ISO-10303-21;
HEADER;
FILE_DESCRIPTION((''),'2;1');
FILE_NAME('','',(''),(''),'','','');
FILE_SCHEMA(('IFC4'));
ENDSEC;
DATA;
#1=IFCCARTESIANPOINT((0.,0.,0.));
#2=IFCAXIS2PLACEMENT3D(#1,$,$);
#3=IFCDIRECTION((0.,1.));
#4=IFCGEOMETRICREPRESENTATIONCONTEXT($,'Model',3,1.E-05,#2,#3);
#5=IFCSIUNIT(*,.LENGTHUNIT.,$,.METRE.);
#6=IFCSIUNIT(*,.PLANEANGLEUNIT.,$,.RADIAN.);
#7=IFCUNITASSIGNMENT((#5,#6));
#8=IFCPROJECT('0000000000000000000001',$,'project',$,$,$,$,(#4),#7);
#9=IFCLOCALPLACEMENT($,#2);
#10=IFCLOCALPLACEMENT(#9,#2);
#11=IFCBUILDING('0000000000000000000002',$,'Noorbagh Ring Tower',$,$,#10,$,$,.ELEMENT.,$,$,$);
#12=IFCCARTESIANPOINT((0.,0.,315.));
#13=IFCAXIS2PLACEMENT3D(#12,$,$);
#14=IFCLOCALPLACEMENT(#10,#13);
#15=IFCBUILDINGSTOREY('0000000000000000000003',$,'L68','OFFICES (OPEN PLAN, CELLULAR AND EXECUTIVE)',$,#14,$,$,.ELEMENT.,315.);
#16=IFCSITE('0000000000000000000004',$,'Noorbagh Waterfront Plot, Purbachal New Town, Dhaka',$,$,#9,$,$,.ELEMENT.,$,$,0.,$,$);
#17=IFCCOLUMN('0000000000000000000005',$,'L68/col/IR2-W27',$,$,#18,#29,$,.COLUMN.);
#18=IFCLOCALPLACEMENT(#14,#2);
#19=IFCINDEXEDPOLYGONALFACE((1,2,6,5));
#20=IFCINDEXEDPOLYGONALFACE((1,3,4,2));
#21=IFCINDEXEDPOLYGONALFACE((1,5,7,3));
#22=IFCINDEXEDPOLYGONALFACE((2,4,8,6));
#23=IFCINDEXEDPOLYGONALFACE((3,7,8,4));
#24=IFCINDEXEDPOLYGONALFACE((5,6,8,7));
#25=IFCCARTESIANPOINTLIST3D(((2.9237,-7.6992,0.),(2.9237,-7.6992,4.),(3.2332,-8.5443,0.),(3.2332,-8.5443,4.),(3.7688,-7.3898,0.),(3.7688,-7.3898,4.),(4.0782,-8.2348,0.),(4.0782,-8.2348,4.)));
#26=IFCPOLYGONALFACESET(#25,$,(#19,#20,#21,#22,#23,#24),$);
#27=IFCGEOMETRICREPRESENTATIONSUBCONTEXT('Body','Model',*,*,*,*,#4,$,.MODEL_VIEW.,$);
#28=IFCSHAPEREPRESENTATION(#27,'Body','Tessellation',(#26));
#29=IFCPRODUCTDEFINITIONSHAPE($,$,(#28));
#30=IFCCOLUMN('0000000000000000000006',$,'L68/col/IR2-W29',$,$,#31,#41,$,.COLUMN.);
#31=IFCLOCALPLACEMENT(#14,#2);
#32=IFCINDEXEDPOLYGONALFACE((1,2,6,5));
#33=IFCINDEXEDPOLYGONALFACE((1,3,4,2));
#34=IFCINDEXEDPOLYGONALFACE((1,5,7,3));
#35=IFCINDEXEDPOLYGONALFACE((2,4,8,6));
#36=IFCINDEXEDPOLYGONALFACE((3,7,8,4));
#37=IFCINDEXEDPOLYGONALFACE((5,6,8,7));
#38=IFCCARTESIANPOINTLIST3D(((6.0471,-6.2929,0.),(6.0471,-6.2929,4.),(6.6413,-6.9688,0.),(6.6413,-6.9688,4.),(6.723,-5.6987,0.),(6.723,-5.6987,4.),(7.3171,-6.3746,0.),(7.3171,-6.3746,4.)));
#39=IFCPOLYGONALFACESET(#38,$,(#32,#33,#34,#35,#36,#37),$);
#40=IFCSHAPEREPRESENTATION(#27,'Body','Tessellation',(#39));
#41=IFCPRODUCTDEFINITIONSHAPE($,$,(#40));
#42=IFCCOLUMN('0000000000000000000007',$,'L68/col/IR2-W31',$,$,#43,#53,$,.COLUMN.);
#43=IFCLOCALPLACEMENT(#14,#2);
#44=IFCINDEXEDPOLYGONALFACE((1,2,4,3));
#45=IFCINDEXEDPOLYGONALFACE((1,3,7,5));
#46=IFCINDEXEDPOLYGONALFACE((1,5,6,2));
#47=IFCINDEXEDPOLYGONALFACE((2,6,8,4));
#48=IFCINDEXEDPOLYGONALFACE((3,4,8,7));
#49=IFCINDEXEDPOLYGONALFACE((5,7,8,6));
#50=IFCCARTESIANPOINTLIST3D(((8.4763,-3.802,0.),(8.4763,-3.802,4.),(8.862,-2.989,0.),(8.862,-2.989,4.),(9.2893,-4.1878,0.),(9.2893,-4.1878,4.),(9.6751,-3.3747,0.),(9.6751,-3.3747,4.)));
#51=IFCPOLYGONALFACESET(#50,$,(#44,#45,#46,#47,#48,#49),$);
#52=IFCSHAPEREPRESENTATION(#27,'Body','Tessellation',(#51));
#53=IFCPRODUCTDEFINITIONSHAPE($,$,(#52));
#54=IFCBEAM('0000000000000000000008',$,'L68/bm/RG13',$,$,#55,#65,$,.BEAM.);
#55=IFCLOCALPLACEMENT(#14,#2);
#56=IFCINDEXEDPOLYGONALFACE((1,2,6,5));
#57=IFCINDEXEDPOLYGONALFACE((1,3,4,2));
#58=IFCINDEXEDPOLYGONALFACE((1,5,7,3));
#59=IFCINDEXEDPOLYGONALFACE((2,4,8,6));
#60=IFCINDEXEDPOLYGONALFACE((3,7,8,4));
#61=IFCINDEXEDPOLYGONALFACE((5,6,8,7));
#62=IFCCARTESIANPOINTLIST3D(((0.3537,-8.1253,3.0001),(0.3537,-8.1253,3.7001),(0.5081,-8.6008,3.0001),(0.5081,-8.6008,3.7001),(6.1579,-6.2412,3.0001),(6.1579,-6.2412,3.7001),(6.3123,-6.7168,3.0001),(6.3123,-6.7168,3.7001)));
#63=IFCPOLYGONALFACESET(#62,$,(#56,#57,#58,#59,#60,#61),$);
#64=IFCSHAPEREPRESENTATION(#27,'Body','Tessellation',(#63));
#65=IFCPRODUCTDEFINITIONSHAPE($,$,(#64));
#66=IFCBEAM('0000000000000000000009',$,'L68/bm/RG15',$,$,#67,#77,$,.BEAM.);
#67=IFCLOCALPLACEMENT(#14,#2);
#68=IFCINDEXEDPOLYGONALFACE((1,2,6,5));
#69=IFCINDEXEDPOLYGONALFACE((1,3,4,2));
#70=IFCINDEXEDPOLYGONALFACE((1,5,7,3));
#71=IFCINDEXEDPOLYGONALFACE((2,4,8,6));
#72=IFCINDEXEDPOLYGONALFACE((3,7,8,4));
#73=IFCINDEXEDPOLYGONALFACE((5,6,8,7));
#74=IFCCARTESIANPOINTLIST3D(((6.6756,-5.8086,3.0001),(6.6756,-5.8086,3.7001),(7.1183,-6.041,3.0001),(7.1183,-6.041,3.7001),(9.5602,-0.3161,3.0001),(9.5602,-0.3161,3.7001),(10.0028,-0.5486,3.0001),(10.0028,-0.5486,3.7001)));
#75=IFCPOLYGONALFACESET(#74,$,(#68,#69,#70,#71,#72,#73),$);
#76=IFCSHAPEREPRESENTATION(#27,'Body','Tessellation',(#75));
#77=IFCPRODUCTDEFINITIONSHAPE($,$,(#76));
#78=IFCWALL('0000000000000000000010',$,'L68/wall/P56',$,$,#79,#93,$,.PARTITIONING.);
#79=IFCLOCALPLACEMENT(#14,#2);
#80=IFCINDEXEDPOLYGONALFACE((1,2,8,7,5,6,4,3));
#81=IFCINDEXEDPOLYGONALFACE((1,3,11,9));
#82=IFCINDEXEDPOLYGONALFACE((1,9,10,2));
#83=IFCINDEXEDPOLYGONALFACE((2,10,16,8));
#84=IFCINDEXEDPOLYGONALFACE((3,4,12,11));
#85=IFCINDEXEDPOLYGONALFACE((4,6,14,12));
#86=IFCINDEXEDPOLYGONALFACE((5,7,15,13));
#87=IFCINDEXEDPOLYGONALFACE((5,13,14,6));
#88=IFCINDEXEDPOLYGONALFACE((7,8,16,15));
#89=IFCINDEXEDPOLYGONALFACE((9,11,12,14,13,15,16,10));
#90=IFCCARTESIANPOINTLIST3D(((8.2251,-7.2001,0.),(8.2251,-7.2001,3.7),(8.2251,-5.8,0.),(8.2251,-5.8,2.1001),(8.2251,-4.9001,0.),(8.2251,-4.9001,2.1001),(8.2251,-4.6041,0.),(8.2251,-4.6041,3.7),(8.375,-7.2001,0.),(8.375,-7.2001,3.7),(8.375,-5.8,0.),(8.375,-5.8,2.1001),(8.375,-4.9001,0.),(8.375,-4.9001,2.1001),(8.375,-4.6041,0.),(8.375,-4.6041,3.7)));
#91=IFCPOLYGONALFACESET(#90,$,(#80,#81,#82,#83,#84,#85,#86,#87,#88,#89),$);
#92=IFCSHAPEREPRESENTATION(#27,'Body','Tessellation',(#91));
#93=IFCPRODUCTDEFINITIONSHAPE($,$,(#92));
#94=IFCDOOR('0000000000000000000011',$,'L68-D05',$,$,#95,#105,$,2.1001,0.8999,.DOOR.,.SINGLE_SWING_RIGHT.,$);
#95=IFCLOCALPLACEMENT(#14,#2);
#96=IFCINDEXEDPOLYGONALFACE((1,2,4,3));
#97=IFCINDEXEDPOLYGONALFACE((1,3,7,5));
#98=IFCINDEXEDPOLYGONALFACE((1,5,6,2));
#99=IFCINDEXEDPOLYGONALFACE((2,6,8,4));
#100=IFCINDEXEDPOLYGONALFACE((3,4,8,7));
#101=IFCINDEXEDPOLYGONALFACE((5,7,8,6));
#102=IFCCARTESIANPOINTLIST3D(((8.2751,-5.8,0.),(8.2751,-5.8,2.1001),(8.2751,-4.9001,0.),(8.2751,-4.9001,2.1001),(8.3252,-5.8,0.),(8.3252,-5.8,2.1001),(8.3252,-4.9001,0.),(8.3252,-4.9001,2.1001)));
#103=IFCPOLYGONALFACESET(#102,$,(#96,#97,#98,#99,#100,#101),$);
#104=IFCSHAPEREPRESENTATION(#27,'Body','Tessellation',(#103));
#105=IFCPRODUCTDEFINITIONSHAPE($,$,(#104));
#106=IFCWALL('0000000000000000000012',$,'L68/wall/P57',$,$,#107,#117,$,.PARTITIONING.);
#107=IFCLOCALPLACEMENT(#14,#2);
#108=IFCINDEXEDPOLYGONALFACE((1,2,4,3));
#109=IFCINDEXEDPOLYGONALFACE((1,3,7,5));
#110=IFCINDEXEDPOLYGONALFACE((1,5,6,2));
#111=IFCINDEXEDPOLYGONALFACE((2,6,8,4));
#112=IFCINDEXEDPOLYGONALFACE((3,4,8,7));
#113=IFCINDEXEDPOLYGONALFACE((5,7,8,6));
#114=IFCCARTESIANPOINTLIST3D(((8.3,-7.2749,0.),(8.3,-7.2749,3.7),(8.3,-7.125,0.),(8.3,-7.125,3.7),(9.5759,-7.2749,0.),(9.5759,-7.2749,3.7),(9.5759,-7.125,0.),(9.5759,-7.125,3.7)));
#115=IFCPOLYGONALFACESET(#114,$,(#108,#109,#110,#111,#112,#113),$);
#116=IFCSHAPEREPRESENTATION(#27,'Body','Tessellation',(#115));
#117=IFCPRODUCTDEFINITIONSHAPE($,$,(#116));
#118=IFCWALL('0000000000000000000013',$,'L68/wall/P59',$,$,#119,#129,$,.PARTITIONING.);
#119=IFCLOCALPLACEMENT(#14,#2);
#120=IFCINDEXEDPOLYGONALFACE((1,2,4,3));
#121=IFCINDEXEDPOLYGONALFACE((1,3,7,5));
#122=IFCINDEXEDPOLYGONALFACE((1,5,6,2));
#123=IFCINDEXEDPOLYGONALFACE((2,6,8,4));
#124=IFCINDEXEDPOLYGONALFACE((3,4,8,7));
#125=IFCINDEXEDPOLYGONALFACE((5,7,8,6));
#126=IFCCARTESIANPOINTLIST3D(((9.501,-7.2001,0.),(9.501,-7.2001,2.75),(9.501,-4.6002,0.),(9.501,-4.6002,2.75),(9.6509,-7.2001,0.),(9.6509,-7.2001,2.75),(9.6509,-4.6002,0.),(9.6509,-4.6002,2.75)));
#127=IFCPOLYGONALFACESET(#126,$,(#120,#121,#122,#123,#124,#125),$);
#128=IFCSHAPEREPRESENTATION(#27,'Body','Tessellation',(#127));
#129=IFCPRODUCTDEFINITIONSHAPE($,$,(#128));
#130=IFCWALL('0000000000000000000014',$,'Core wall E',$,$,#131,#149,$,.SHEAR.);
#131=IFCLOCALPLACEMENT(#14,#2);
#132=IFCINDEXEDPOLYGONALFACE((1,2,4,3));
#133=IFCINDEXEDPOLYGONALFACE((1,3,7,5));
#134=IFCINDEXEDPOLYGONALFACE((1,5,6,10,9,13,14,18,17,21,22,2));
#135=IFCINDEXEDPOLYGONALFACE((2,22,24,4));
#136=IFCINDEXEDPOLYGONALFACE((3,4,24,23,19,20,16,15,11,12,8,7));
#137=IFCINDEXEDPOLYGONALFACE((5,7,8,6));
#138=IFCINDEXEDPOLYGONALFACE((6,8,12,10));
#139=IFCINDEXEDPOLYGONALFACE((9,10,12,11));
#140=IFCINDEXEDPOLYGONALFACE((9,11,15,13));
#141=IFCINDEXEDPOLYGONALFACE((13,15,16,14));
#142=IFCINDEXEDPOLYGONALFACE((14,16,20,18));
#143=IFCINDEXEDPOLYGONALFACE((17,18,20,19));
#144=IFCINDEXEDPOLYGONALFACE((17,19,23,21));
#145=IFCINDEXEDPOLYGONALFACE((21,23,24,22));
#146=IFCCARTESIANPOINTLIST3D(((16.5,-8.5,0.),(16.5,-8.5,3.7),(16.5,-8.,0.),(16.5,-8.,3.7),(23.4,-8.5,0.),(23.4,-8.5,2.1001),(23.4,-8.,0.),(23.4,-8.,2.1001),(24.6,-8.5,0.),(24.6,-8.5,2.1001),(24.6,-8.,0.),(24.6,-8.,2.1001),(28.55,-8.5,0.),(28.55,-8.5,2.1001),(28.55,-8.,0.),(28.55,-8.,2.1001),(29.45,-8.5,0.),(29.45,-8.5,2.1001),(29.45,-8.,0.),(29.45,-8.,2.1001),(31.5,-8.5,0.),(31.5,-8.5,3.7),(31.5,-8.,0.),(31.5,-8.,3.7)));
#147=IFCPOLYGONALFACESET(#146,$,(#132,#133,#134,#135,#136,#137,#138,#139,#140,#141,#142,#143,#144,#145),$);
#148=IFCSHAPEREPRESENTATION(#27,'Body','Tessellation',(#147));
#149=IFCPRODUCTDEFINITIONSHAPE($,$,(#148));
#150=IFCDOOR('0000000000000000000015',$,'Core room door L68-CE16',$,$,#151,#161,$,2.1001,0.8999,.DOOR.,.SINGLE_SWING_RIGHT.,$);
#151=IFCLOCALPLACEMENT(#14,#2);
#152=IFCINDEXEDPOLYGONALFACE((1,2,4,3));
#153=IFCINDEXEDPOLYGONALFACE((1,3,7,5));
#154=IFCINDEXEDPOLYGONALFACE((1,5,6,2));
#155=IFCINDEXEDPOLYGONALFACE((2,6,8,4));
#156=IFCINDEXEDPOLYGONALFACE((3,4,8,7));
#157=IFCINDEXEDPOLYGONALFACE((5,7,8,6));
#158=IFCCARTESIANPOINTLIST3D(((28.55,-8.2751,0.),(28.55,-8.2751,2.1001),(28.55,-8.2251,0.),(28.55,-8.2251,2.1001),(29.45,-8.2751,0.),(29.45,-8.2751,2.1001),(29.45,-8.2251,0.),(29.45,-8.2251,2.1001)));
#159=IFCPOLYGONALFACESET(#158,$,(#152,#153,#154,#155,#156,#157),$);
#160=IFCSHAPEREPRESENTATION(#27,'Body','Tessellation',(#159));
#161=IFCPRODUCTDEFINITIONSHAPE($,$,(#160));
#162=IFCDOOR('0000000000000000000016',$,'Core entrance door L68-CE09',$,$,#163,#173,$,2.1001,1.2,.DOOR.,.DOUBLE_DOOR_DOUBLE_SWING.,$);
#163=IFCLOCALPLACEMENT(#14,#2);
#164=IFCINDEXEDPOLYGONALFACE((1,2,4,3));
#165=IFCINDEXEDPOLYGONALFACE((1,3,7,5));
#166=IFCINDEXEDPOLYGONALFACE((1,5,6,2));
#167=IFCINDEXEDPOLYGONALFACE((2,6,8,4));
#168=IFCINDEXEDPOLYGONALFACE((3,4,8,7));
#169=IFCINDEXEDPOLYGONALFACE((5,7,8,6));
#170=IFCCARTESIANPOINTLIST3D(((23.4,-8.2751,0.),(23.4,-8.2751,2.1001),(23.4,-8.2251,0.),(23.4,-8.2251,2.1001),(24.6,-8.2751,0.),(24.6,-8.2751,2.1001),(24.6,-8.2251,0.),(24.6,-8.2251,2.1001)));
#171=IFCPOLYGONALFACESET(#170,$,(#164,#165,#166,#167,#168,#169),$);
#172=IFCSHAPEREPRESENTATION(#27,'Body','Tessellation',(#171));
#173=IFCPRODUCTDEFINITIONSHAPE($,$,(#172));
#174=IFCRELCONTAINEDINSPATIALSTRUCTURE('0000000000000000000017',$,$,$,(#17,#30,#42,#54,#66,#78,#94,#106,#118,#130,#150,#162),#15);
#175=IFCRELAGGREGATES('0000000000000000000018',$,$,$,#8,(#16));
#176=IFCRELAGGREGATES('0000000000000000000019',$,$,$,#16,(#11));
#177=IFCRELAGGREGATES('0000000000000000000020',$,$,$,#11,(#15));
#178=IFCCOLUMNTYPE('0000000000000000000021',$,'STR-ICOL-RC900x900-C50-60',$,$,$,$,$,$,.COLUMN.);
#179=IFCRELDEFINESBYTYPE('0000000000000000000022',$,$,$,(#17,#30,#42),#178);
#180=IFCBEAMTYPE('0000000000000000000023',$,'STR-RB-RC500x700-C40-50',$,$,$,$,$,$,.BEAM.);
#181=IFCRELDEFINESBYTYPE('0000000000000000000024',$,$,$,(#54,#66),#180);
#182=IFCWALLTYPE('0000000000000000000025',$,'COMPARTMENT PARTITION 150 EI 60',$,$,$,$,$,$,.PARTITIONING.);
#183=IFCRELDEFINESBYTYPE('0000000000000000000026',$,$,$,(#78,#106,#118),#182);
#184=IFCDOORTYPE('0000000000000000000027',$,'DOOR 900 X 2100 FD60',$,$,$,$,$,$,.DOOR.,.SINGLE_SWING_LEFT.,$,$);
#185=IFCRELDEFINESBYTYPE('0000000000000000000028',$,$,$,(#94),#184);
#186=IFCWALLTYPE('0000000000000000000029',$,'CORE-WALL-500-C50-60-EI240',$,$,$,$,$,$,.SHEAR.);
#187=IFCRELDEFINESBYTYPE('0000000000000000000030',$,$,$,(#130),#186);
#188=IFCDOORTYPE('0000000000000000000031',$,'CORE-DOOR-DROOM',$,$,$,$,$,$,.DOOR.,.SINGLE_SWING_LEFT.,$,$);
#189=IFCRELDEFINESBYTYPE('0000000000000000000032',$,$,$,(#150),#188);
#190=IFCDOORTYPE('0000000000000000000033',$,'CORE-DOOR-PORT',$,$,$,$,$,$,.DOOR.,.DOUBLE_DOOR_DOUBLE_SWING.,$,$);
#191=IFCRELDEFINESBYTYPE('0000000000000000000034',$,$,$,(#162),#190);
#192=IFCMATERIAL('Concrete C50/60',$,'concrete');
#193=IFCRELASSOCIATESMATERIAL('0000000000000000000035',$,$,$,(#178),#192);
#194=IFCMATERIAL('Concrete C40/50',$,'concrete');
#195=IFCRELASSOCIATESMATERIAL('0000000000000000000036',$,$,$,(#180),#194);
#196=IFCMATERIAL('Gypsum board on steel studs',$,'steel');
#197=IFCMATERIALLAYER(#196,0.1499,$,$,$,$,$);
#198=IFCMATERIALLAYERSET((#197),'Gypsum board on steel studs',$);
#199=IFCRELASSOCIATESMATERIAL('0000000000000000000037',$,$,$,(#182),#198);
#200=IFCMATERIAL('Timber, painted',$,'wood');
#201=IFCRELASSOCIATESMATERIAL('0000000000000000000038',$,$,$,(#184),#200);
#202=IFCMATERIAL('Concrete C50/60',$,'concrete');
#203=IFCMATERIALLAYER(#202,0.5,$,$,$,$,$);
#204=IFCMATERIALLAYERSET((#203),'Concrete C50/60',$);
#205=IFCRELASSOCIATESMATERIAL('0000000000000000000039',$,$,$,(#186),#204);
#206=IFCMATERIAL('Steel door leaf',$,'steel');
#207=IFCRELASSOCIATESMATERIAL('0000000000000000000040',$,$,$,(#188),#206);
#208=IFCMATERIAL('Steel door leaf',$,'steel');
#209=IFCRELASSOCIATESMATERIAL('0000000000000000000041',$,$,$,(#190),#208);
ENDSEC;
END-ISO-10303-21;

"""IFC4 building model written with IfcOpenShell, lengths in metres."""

from ifc_helpers import new_model, si_unit, direction, frame, frame_2d, origin, origin_2d, place, context, subcontext, project, spatial, rectangle, extrude, material, layer, layer_set, material_profile, profile_set, type_object, element, fill, save


model = new_model("IFC4")

# Units and contexts
model_context = context("Model", 3, precision=1e-05, world=origin(), true_north=direction((0.0, 1.0)))
body_context = subcontext(model_context, "Body", "Model", "MODEL_VIEW")
ifc_project = project(units=[si_unit("LENGTHUNIT", "METRE"), si_unit("PLANEANGLEUNIT", "RADIAN")], contexts=[model_context])

# Site, building, storey
site_placement = place(None, origin())
site = spatial("IfcSite", under=ifc_project, at=site_placement, Name="Noorbagh Waterfront Plot, Purbachal New Town, Dhaka", CompositionType="ELEMENT", RefElevation=0.0)
building_placement = place(site_placement, origin())
building = spatial("IfcBuilding", under=site, at=building_placement, Name="Noorbagh Ring Tower", CompositionType="ELEMENT")
storey_placement = place(building_placement, frame((0.0, 0.0, 315.0)))
storey = spatial("IfcBuildingStorey", under=building, at=storey_placement, Name="L68", Description="OFFICES (OPEN PLAN, CELLULAR AND EXECUTIVE)", CompositionType="ELEMENT", Elevation=315.0)

# Columns
ifc_material_1 = material(Name="Concrete C50/60", Category="concrete")
ifc_material_profile_1 = material_profile(ifc_material_1, rectangle(XDim=0.8999, YDim=0.8999, at=origin_2d()), Name="RC900x900")
ifc_profile_set_1 = profile_set([ifc_material_profile_1], Name="Concrete C50/60")
column_type = type_object("IfcColumnType", Name="STR-ICOL-RC900x900-C50-60", PredefinedType="COLUMN", material=ifc_profile_set_1)
for number, where, z_axis, x_axis, name in (
    (1, (3.501, -7.967, 0.0), (0.0, 0.0, 1.0), (0.93902, 0.343864, 0.0), "L68/col/IR2-W27"),
    (2, (6.6821, -6.3337, 0.0), (0.0, 0.0, 1.0), (0.751022, 0.660277, 0.0), "L68/col/IR2-W29"),
    (3, (9.0757, -3.5884, 0.0), (0.0, 0.0, 1.0), (0.428667, 0.903463, 0.0), "L68/col/IR2-W31"),
):
    element("IfcColumn", number, at=place(storey_placement, frame(where, z_axis=z_axis, x_axis=x_axis)), inside=storey, type_object=column_type, Name=name, PredefinedType="COLUMN", context=body_context, shape_type="SweptSolid", body=[
        extrude(rectangle(XDim=0.8999, YDim=0.8999, at=origin_2d()), origin(), (0.0, 0.0, 1.0), 4.0),
    ])

# Beams
ifc_material_2 = material(Name="Concrete C40/50", Category="concrete")
ifc_material_profile_2 = material_profile(ifc_material_2, rectangle(XDim=0.5, YDim=0.7, at=origin_2d()), Name="RC500x700")
ifc_profile_set_2 = profile_set([ifc_material_profile_2], Name="Concrete C40/50")
beam_type = type_object("IfcBeamType", Name="STR-RB-RC500x700-C40-50", PredefinedType="BEAM", material=ifc_profile_set_2)
beam_1_placement = place(storey_placement, frame((0.4309, -8.363, 3.3501), z_axis=(0.951146, 0.30874, 0.0), x_axis=(-0.30874, 0.951146, 0.0)))
element("IfcBeam", 4, at=beam_1_placement, inside=storey, type_object=beam_type, Name="L68/bm/RG13", PredefinedType="BEAM", context=body_context, shape_type="SweptSolid", body=[
    extrude(rectangle(XDim=0.5, YDim=0.7, at=origin_2d()), origin(), (0.0, 0.0, 1.0), 6.1023),
])
beam_2_placement = place(storey_placement, frame((6.897, -5.9248, 3.3501), z_axis=(0.46496, 0.885332, 0.0), x_axis=(-0.885332, 0.46496, 0.0)))
element("IfcBeam", 5, at=beam_2_placement, inside=storey, type_object=beam_type, Name="L68/bm/RG15", PredefinedType="BEAM", context=body_context, shape_type="SweptSolid", body=[
    extrude(rectangle(XDim=0.5, YDim=0.7, at=origin_2d()), origin(), (0.0, 0.0, 1.0), 6.2039),
])

# Wall, opening, door
ifc_material_3 = material(Name="Gypsum board on steel studs", Category="steel")
ifc_layer_1 = layer(ifc_material_3, 0.1499)
ifc_layer_set_1 = layer_set([ifc_layer_1], Name="Gypsum board on steel studs")
wall_type_1 = type_object("IfcWallType", Name="COMPARTMENT PARTITION 150 EI 60", PredefinedType="PARTITIONING", material=ifc_layer_set_1)
wall_1_placement = place(storey_placement, frame((8.3, -7.2, 0.0), z_axis=(0.0, 0.0, 1.0), x_axis=(0.0, 1.0, 0.0)))
wall_1 = element("IfcWall", 6, at=wall_1_placement, inside=storey, type_object=wall_type_1, Name="L68/wall/P56", PredefinedType="PARTITIONING", context=body_context, shape_type="SweptSolid", body=[
    extrude(rectangle(XDim=2.5959, YDim=0.1499, at=frame_2d((1.2979, 0.0))), origin(), (0.0, 0.0, 1.0), 3.7),
])
opening_1_placement = place(wall_1_placement, frame((1.3999, 0.0, 0.0)))
opening_1 = element("IfcOpeningElement", 7, at=opening_1_placement, cuts=wall_1, PredefinedType="OPENING", context=body_context, shape_type="SweptSolid", body=[
    extrude(rectangle(XDim=0.8999, YDim=2.1001, at=frame_2d((0.45, 1.05))), frame((0.0, 0.085, 0.0), z_axis=(0.0, -1.0, 0.0), x_axis=(1.0, 0.0, 0.0)), (0.0, 0.0, 1.0), 0.1699),
])
ifc_material_4 = material(Name="Timber, painted", Category="wood")
door_type_1 = type_object("IfcDoorType", Name="DOOR 900 X 2100 FD60", OperationType="SINGLE_SWING_LEFT", PredefinedType="DOOR", material=ifc_material_4)
door_1_placement = place(opening_1_placement, origin())
door_1 = element("IfcDoor", 8, at=door_1_placement, inside=storey, type_object=door_type_1, Name="L68-D05", OperationType="SINGLE_SWING_RIGHT", OverallHeight=2.1001, OverallWidth=0.8999, PredefinedType="DOOR", context=body_context, shape_type="SweptSolid", body=[
    extrude(rectangle(XDim=0.8999, YDim=2.1001, at=frame_2d((0.45, 1.05))), frame((0.0, 0.0249, 0.0), z_axis=(0.0, -1.0, 0.0), x_axis=(1.0, 0.0, 0.0)), (0.0, 0.0, 1.0), 0.05),
])
fill(opening_1, door_1)

# Walls
wall_2_placement = place(storey_placement, frame((8.3, -7.2, 0.0), z_axis=(0.0, 0.0, 1.0), x_axis=(1.0, 0.0, 0.0)))
element("IfcWall", 9, at=wall_2_placement, inside=storey, type_object=wall_type_1, Name="L68/wall/P57", PredefinedType="PARTITIONING", context=body_context, shape_type="SweptSolid", body=[
    extrude(rectangle(XDim=1.2759, YDim=0.1499, at=frame_2d((0.6379, 0.0))), origin(), (0.0, 0.0, 1.0), 3.7),
])
wall_3_placement = place(storey_placement, frame((9.5759, -7.2, 0.0), z_axis=(0.0, 0.0, 1.0), x_axis=(0.0, 1.0, 0.0)))
element("IfcWall", 10, at=wall_3_placement, inside=storey, type_object=wall_type_1, Name="L68/wall/P59", PredefinedType="PARTITIONING", context=body_context, shape_type="SweptSolid", body=[
    extrude(rectangle(XDim=2.5999, YDim=0.1499, at=frame_2d((1.2998, 0.0))), origin(), (0.0, 0.0, 1.0), 2.75),
])

# Wall, openings, doors
ifc_material_5 = material(Name="Concrete C50/60", Category="concrete")
ifc_layer_2 = layer(ifc_material_5, 0.5)
ifc_layer_set_2 = layer_set([ifc_layer_2], Name="Concrete C50/60")
wall_type_2 = type_object("IfcWallType", Name="CORE-WALL-500-C50-60-EI240", PredefinedType="SHEAR", material=ifc_layer_set_2)
wall_4_placement = place(storey_placement, frame((16.5, -8.25, 0.0), z_axis=(0.0, 0.0, 1.0), x_axis=(1.0, 0.0, 0.0)))
wall_4 = element("IfcWall", 11, at=wall_4_placement, inside=storey, type_object=wall_type_2, Name="Core wall E", PredefinedType="SHEAR", context=body_context, shape_type="SweptSolid", body=[
    extrude(rectangle(XDim=15.0, YDim=0.5, at=frame_2d((7.5, 0.0))), origin(), (0.0, 0.0, 1.0), 3.7),
])
opening_2_placement = place(wall_4_placement, frame((6.8999, 0.0, 0.0)))
opening_2 = element("IfcOpeningElement", 12, at=opening_2_placement, cuts=wall_4, PredefinedType="OPENING", context=body_context, shape_type="SweptSolid", body=[
    extrude(rectangle(XDim=1.2, YDim=2.1001, at=frame_2d((0.6001, 1.05))), frame((0.0, 0.26, 0.0), z_axis=(0.0, -1.0, 0.0), x_axis=(1.0, 0.0, 0.0)), (0.0, 0.0, 1.0), 0.52),
])
opening_3_placement = place(wall_4_placement, frame((12.05, 0.0, 0.0)))
opening_3 = element("IfcOpeningElement", 13, at=opening_3_placement, cuts=wall_4, PredefinedType="OPENING", context=body_context, shape_type="SweptSolid", body=[
    extrude(rectangle(XDim=0.8999, YDim=2.1001, at=frame_2d((0.45, 1.05))), frame((0.0, 0.26, 0.0), z_axis=(0.0, -1.0, 0.0), x_axis=(1.0, 0.0, 0.0)), (0.0, 0.0, 1.0), 0.52),
])
ifc_material_6 = material(Name="Steel door leaf", Category="steel")
door_type_2 = type_object("IfcDoorType", Name="CORE-DOOR-DROOM", OperationType="SINGLE_SWING_LEFT", PredefinedType="DOOR", material=ifc_material_6)
door_2_placement = place(opening_3_placement, origin())
door_2 = element("IfcDoor", 14, at=door_2_placement, inside=storey, type_object=door_type_2, Name="Core room door L68-CE16", OperationType="SINGLE_SWING_RIGHT", OverallHeight=2.1001, OverallWidth=0.8999, PredefinedType="DOOR", context=body_context, shape_type="SweptSolid", body=[
    extrude(rectangle(XDim=0.8999, YDim=2.1001, at=frame_2d((0.45, 1.05))), frame((0.0, 0.0249, 0.0), z_axis=(0.0, -1.0, 0.0), x_axis=(1.0, 0.0, 0.0)), (0.0, 0.0, 1.0), 0.05),
])
fill(opening_3, door_2)
ifc_material_7 = material(Name="Steel door leaf", Category="steel")
door_type_3 = type_object("IfcDoorType", Name="CORE-DOOR-PORT", OperationType="DOUBLE_DOOR_DOUBLE_SWING", PredefinedType="DOOR", material=ifc_material_7)
door_3_placement = place(opening_2_placement, origin())
door_3 = element("IfcDoor", 15, at=door_3_placement, inside=storey, type_object=door_type_3, Name="Core entrance door L68-CE09", OperationType="DOUBLE_DOOR_DOUBLE_SWING", OverallHeight=2.1001, OverallWidth=1.2, PredefinedType="DOOR", context=body_context, shape_type="SweptSolid", body=[
    extrude(rectangle(XDim=1.2, YDim=2.1001, at=frame_2d((0.6001, 1.05))), frame((0.0, 0.0249, 0.0), z_axis=(0.0, -1.0, 0.0), x_axis=(1.0, 0.0, 0.0)), (0.0, 0.0, 1.0), 0.05),
])
fill(opening_2, door_3)

save(model, "model.ifc")
